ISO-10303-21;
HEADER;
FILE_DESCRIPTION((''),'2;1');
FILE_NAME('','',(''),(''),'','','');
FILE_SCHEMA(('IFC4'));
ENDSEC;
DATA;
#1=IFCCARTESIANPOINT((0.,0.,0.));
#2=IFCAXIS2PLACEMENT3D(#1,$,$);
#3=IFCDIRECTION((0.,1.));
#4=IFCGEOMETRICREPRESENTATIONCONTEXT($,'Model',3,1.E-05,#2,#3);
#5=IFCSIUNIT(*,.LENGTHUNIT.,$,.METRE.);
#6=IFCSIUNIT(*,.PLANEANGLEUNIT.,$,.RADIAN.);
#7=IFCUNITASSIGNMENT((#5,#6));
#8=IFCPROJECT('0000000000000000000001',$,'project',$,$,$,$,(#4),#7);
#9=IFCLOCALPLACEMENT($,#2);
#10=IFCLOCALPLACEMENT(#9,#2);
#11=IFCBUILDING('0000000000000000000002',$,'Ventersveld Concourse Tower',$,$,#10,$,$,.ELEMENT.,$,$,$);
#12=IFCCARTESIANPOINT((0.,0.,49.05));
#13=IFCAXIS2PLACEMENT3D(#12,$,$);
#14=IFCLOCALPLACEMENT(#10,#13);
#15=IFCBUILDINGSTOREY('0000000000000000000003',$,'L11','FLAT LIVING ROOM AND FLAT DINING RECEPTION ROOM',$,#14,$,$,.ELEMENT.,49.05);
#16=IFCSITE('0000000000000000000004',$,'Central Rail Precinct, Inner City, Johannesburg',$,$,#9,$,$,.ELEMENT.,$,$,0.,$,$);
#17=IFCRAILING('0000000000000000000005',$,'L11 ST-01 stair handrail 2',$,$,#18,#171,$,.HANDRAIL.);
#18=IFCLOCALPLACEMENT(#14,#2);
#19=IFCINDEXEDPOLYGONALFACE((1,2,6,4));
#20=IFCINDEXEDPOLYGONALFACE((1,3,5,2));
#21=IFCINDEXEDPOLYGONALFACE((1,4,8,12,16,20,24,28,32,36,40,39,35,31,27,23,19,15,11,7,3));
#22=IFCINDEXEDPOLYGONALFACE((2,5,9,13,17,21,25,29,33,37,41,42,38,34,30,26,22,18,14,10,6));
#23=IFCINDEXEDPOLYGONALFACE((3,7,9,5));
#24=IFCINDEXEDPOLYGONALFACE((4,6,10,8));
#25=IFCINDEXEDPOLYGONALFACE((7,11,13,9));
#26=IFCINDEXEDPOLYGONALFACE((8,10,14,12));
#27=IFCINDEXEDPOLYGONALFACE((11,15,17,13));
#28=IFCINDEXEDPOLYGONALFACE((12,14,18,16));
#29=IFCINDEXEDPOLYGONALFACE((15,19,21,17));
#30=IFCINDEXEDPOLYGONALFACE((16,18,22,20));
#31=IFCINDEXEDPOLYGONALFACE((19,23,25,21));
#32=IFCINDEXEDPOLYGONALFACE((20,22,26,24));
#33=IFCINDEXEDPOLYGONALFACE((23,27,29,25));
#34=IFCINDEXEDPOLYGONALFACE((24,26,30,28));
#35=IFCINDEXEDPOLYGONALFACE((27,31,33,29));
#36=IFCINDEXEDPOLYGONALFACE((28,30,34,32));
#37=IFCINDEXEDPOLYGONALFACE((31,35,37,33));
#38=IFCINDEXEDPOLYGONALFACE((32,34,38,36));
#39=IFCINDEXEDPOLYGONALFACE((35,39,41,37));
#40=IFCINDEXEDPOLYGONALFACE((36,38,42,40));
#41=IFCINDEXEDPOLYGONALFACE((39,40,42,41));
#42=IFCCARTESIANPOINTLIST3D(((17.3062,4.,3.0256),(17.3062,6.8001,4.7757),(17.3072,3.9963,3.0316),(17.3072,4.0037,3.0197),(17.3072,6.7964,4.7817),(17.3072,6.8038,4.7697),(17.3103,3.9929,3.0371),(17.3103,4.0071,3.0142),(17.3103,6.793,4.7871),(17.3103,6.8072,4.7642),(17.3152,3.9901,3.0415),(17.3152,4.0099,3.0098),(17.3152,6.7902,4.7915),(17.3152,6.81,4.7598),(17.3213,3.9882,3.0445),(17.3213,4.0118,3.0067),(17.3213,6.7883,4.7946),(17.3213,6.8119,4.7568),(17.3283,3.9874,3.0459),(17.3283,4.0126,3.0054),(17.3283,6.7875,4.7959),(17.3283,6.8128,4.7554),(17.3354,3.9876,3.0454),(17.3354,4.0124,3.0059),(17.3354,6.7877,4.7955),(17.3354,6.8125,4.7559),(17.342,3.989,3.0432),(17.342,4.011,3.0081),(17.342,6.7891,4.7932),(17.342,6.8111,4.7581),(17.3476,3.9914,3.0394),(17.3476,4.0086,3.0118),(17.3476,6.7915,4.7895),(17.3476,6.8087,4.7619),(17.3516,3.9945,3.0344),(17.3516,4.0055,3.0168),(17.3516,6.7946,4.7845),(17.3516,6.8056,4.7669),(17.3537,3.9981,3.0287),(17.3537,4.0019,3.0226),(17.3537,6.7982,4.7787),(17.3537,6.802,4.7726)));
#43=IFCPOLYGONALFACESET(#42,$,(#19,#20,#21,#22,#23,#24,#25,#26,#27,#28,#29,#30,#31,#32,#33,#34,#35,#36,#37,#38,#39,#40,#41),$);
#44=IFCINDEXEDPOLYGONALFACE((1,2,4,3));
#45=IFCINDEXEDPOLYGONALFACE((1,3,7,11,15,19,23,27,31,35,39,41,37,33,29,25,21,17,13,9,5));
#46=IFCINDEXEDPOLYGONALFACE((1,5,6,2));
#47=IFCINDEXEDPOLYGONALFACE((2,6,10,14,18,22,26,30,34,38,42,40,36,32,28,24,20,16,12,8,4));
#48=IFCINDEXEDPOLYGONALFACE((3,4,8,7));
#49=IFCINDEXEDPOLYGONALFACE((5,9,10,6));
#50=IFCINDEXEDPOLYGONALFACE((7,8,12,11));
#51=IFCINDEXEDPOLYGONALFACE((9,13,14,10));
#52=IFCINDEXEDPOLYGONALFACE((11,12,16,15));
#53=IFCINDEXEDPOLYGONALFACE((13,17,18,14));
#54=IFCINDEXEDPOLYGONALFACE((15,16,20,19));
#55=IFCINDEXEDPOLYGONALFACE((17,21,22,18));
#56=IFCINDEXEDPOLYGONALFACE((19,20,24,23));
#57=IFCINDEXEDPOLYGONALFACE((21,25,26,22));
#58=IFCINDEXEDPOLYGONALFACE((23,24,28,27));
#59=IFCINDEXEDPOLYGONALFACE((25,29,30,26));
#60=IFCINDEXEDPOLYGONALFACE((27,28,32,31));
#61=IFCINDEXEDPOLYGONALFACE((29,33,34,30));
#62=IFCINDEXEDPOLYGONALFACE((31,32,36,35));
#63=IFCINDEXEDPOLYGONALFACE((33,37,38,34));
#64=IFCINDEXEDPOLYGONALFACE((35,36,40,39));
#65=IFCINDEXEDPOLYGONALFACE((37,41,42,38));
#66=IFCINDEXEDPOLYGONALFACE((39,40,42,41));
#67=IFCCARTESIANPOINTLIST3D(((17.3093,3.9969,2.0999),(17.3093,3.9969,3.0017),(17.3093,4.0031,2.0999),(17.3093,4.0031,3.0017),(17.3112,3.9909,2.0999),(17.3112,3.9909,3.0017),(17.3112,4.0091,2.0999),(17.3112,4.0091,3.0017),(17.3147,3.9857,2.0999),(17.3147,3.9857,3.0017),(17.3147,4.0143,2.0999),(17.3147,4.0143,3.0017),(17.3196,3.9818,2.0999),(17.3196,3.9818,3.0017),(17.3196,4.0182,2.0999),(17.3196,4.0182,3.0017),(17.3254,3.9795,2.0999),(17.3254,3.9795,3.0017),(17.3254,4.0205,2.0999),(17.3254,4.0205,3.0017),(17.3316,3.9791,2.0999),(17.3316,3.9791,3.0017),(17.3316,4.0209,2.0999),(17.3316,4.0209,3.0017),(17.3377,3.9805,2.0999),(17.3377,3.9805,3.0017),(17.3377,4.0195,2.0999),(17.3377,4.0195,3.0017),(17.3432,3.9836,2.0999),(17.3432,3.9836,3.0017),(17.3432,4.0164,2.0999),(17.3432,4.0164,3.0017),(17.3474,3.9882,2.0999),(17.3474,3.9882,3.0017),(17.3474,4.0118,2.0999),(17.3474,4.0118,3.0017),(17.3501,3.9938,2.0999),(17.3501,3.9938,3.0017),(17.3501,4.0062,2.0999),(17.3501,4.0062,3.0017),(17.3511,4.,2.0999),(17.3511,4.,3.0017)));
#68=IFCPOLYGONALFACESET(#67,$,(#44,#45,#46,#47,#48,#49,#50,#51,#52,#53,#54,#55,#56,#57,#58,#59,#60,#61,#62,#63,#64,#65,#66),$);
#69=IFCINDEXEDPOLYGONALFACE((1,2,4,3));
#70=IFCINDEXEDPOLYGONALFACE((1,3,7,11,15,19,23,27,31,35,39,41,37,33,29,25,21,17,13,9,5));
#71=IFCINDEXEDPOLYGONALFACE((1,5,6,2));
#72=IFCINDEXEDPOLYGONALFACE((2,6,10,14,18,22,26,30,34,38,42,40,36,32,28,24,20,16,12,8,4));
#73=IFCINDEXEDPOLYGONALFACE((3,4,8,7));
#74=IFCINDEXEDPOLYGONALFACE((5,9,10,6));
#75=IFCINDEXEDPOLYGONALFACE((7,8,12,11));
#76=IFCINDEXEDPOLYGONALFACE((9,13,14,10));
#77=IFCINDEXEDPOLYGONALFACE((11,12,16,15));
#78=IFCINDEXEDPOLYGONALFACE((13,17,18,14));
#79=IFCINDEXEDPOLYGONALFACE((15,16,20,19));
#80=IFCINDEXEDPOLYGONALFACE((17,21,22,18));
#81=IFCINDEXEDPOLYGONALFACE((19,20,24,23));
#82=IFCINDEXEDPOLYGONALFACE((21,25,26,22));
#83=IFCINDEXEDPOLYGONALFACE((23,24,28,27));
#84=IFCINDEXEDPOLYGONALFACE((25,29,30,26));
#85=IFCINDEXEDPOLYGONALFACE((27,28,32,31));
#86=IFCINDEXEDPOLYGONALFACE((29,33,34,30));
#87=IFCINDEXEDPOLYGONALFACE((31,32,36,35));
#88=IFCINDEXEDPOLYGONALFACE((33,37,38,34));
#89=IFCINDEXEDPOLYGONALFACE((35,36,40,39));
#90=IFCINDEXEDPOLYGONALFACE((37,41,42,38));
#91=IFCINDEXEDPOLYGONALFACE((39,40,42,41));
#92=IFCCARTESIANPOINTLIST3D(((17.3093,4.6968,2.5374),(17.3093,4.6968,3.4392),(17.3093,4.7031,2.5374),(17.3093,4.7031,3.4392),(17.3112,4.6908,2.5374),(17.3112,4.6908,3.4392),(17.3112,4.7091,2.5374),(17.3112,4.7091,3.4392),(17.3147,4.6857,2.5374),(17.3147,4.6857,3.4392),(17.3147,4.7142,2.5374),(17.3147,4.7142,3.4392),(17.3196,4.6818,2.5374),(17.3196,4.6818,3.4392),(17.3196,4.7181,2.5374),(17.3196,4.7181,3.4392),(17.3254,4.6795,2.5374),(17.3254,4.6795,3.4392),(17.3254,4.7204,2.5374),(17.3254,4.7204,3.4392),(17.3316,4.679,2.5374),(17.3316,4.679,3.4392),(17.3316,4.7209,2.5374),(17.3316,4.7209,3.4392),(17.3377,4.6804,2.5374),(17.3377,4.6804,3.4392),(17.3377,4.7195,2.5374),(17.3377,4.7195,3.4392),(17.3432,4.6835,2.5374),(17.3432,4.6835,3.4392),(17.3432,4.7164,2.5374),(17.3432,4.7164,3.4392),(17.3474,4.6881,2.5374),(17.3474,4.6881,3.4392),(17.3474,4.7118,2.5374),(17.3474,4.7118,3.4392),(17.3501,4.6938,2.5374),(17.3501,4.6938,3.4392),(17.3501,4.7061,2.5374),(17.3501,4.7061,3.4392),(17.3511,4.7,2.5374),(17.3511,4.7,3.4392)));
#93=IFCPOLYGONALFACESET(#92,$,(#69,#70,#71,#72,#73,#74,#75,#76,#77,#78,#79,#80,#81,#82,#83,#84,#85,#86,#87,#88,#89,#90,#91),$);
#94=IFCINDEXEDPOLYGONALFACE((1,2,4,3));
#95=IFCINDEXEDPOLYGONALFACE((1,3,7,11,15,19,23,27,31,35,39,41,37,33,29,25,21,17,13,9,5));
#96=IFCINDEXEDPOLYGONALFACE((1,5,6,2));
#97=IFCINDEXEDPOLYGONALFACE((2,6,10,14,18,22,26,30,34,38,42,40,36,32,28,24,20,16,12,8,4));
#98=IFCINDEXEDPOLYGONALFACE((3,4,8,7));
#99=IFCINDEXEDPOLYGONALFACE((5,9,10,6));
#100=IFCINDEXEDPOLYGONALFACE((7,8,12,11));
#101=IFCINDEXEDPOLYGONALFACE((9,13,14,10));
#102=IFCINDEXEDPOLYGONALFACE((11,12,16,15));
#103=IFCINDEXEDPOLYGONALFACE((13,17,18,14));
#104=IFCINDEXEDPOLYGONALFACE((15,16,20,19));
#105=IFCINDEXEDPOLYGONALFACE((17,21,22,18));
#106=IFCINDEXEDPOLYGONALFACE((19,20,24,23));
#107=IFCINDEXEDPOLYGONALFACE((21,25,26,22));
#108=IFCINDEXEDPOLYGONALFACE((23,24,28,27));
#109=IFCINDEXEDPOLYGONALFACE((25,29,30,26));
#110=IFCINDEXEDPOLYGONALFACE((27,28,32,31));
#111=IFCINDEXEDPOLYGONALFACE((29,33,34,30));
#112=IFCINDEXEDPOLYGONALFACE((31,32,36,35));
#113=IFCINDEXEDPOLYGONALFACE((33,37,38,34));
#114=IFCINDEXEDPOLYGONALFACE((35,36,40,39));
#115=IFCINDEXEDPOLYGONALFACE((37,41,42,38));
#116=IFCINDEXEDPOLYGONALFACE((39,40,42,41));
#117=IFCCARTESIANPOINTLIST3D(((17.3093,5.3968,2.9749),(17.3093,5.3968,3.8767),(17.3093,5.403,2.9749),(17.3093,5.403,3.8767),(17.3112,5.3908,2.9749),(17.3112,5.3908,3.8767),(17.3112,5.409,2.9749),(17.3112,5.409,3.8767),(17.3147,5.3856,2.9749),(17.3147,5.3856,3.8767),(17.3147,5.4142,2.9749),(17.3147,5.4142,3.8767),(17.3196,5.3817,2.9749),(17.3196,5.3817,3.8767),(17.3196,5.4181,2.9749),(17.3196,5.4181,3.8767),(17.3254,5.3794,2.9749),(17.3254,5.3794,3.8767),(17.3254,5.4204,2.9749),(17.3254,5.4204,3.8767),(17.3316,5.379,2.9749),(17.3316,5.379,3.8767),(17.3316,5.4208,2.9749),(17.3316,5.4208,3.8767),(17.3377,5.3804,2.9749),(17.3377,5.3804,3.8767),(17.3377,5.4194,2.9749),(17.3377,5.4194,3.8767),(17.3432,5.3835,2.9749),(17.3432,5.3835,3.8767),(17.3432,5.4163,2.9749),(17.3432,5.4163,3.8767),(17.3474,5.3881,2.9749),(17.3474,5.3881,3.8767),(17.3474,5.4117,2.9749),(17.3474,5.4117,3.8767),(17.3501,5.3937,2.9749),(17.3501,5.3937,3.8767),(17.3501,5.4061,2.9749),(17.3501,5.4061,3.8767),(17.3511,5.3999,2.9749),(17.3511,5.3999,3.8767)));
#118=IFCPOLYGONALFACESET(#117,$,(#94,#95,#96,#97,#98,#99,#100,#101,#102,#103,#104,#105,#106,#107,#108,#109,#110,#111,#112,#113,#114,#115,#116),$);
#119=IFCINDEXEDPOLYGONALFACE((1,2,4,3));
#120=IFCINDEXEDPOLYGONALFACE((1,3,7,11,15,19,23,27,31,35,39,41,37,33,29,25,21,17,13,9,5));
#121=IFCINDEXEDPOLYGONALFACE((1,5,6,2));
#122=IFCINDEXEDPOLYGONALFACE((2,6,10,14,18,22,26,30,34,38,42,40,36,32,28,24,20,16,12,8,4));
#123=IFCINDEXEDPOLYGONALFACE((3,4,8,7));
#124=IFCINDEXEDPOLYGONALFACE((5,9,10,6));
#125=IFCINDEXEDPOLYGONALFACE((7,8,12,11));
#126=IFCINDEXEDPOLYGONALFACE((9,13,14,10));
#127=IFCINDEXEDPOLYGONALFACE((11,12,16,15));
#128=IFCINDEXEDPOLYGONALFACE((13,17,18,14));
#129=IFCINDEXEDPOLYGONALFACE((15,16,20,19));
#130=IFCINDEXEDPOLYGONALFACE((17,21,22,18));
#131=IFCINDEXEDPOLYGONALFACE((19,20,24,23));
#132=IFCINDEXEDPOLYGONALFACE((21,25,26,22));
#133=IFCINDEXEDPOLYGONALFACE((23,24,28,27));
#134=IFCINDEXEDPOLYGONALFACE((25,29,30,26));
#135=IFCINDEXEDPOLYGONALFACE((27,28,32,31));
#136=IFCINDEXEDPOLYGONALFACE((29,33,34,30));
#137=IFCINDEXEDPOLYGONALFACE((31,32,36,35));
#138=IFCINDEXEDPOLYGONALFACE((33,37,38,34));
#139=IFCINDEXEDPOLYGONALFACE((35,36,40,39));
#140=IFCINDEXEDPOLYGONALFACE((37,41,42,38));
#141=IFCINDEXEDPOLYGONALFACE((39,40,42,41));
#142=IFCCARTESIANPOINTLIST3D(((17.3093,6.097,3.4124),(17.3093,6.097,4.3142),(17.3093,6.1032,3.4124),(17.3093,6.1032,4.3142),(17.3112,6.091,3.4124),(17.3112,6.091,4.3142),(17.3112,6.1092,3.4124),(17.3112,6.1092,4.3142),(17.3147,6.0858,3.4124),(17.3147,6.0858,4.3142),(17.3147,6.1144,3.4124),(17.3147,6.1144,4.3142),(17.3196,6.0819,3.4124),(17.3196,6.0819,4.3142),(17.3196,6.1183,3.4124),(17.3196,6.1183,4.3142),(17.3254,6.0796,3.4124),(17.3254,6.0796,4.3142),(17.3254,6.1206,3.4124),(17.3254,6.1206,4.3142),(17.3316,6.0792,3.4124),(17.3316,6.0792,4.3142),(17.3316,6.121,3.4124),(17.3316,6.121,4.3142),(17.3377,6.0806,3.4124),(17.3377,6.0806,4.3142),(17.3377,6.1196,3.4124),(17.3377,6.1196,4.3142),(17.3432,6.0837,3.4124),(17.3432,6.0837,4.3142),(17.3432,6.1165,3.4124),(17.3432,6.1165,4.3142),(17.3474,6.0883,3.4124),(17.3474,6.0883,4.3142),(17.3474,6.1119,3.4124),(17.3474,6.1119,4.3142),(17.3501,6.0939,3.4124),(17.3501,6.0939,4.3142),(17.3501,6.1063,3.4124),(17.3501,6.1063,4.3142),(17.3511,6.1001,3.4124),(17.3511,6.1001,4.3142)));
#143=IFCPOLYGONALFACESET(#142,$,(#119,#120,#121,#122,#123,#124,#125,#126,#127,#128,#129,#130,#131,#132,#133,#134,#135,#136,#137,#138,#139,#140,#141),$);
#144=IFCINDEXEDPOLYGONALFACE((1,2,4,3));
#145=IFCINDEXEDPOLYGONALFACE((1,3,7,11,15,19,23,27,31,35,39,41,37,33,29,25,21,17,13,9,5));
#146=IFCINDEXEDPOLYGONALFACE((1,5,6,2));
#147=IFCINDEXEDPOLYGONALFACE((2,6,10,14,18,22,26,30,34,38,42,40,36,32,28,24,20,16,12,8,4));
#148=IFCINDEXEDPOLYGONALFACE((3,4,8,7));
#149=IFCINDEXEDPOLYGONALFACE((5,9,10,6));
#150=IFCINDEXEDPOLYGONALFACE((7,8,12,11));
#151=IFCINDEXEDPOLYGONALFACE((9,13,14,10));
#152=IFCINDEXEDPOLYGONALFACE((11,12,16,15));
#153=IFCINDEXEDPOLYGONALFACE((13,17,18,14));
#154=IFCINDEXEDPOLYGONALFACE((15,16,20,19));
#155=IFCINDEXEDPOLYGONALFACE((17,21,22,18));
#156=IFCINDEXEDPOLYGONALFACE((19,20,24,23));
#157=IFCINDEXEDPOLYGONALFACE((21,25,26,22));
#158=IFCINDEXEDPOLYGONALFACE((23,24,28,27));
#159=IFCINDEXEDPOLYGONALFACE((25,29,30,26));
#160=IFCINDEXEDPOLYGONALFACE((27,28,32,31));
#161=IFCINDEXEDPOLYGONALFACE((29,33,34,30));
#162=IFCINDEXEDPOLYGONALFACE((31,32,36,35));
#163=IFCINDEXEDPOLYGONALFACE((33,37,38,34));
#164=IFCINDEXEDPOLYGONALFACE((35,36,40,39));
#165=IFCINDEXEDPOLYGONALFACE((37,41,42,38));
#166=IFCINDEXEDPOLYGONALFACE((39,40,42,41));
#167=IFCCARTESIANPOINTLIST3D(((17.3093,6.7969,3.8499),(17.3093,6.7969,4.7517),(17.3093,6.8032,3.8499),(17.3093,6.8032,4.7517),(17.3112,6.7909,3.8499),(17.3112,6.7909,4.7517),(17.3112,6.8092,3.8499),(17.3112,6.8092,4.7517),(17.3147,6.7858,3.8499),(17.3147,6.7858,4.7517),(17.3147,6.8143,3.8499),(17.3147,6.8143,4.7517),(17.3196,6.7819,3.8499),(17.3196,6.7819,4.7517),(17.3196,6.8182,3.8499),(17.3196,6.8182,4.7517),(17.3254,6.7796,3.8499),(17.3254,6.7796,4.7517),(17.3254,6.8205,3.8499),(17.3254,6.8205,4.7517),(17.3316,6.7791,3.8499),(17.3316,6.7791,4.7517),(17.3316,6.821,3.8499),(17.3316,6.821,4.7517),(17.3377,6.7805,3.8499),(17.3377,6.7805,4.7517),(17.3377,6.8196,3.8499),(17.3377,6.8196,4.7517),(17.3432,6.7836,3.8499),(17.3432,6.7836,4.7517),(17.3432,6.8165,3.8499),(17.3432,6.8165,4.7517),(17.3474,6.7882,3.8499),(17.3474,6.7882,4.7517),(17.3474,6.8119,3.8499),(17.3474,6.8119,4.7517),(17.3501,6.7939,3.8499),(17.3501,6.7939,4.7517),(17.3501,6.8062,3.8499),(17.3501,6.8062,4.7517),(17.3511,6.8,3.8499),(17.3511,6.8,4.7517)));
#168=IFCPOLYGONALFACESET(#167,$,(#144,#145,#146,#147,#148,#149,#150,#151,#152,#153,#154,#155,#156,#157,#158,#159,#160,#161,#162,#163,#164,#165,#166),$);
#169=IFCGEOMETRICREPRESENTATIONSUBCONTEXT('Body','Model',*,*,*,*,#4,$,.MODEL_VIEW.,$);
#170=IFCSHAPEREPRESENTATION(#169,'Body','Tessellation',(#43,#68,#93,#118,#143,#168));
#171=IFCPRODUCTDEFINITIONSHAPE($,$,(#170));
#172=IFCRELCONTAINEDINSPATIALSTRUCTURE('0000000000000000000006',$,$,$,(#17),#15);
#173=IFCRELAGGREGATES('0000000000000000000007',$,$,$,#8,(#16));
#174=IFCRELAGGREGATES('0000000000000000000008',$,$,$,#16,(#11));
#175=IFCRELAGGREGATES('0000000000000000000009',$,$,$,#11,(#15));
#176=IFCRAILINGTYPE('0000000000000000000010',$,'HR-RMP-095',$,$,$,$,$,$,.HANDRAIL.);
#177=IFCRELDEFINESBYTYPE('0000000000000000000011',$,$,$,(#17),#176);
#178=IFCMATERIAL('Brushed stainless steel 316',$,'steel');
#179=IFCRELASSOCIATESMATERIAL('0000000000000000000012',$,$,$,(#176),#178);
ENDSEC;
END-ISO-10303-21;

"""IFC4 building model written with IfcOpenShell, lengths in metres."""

from ifc_helpers import new_model, si_unit, direction, frame, origin, origin_2d, place, context, subcontext, project, spatial, circle, extrude, material, type_object, element, save


model = new_model("IFC4")

# Units and contexts
model_context = context("Model", 3, precision=1e-05, world=origin(), true_north=direction((0.0, 1.0)))
body_context = subcontext(model_context, "Body", "Model", "MODEL_VIEW")
ifc_project = project(units=[si_unit("LENGTHUNIT", "METRE"), si_unit("PLANEANGLEUNIT", "RADIAN")], contexts=[model_context])

# Site, building, storey
site_placement = place(None, origin())
site = spatial("IfcSite", under=ifc_project, at=site_placement, Name="Central Rail Precinct, Inner City, Johannesburg", CompositionType="ELEMENT", RefElevation=0.0)
building_placement = place(site_placement, origin())
building = spatial("IfcBuilding", under=site, at=building_placement, Name="Ventersveld Concourse Tower", CompositionType="ELEMENT")
storey_placement = place(building_placement, frame((0.0, 0.0, 49.05)))
storey = spatial("IfcBuildingStorey", under=building, at=storey_placement, Name="L11", Description="FLAT LIVING ROOM AND FLAT DINING RECEPTION ROOM", CompositionType="ELEMENT", Elevation=49.05)

# Shared definitions
ifc_material_1 = material(Name="Brushed stainless steel 316", Category="steel")

# Railing
railing_type_1 = type_object("IfcRailingType", Name="HR-RMP-095", PredefinedType="HANDRAIL", material=ifc_material_1)
railing_1_placement = place(storey_placement, frame((17.3301, 4.0, 2.0999)))
element("IfcRailing", 1, at=railing_1_placement, inside=storey, type_object=railing_type_1, Name="L11 ST-01 stair handrail 2", PredefinedType="HANDRAIL", context=body_context, shape_type="SweptSolid", body=[
    extrude(circle(Radius=0.0239, at=origin_2d()), frame((0.0, 0.0, 0.9258), z_axis=(0.0, 0.848002, 0.529992), x_axis=(-1.0, 0.0, 0.0)), (0.0, 0.0, 1.0), 3.302),
    extrude(circle(Radius=0.021, at=origin_2d()), origin(), (0.0, 0.0, 1.0), 0.9019),
    extrude(circle(Radius=0.021, at=origin_2d()), frame((0.0, 0.7, 0.4375)), (0.0, 0.0, 1.0), 0.9019),
    extrude(circle(Radius=0.021, at=origin_2d()), frame((0.0, 1.3999, 0.875)), (0.0, 0.0, 1.0), 0.9019),
    extrude(circle(Radius=0.021, at=origin_2d()), frame((0.0, 2.1001, 1.3125)), (0.0, 0.0, 1.0), 0.9019),
    extrude(circle(Radius=0.021, at=origin_2d()), frame((0.0, 2.8, 1.75)), (0.0, 0.0, 1.0), 0.9019),
])

save(model, "model.ifc")
